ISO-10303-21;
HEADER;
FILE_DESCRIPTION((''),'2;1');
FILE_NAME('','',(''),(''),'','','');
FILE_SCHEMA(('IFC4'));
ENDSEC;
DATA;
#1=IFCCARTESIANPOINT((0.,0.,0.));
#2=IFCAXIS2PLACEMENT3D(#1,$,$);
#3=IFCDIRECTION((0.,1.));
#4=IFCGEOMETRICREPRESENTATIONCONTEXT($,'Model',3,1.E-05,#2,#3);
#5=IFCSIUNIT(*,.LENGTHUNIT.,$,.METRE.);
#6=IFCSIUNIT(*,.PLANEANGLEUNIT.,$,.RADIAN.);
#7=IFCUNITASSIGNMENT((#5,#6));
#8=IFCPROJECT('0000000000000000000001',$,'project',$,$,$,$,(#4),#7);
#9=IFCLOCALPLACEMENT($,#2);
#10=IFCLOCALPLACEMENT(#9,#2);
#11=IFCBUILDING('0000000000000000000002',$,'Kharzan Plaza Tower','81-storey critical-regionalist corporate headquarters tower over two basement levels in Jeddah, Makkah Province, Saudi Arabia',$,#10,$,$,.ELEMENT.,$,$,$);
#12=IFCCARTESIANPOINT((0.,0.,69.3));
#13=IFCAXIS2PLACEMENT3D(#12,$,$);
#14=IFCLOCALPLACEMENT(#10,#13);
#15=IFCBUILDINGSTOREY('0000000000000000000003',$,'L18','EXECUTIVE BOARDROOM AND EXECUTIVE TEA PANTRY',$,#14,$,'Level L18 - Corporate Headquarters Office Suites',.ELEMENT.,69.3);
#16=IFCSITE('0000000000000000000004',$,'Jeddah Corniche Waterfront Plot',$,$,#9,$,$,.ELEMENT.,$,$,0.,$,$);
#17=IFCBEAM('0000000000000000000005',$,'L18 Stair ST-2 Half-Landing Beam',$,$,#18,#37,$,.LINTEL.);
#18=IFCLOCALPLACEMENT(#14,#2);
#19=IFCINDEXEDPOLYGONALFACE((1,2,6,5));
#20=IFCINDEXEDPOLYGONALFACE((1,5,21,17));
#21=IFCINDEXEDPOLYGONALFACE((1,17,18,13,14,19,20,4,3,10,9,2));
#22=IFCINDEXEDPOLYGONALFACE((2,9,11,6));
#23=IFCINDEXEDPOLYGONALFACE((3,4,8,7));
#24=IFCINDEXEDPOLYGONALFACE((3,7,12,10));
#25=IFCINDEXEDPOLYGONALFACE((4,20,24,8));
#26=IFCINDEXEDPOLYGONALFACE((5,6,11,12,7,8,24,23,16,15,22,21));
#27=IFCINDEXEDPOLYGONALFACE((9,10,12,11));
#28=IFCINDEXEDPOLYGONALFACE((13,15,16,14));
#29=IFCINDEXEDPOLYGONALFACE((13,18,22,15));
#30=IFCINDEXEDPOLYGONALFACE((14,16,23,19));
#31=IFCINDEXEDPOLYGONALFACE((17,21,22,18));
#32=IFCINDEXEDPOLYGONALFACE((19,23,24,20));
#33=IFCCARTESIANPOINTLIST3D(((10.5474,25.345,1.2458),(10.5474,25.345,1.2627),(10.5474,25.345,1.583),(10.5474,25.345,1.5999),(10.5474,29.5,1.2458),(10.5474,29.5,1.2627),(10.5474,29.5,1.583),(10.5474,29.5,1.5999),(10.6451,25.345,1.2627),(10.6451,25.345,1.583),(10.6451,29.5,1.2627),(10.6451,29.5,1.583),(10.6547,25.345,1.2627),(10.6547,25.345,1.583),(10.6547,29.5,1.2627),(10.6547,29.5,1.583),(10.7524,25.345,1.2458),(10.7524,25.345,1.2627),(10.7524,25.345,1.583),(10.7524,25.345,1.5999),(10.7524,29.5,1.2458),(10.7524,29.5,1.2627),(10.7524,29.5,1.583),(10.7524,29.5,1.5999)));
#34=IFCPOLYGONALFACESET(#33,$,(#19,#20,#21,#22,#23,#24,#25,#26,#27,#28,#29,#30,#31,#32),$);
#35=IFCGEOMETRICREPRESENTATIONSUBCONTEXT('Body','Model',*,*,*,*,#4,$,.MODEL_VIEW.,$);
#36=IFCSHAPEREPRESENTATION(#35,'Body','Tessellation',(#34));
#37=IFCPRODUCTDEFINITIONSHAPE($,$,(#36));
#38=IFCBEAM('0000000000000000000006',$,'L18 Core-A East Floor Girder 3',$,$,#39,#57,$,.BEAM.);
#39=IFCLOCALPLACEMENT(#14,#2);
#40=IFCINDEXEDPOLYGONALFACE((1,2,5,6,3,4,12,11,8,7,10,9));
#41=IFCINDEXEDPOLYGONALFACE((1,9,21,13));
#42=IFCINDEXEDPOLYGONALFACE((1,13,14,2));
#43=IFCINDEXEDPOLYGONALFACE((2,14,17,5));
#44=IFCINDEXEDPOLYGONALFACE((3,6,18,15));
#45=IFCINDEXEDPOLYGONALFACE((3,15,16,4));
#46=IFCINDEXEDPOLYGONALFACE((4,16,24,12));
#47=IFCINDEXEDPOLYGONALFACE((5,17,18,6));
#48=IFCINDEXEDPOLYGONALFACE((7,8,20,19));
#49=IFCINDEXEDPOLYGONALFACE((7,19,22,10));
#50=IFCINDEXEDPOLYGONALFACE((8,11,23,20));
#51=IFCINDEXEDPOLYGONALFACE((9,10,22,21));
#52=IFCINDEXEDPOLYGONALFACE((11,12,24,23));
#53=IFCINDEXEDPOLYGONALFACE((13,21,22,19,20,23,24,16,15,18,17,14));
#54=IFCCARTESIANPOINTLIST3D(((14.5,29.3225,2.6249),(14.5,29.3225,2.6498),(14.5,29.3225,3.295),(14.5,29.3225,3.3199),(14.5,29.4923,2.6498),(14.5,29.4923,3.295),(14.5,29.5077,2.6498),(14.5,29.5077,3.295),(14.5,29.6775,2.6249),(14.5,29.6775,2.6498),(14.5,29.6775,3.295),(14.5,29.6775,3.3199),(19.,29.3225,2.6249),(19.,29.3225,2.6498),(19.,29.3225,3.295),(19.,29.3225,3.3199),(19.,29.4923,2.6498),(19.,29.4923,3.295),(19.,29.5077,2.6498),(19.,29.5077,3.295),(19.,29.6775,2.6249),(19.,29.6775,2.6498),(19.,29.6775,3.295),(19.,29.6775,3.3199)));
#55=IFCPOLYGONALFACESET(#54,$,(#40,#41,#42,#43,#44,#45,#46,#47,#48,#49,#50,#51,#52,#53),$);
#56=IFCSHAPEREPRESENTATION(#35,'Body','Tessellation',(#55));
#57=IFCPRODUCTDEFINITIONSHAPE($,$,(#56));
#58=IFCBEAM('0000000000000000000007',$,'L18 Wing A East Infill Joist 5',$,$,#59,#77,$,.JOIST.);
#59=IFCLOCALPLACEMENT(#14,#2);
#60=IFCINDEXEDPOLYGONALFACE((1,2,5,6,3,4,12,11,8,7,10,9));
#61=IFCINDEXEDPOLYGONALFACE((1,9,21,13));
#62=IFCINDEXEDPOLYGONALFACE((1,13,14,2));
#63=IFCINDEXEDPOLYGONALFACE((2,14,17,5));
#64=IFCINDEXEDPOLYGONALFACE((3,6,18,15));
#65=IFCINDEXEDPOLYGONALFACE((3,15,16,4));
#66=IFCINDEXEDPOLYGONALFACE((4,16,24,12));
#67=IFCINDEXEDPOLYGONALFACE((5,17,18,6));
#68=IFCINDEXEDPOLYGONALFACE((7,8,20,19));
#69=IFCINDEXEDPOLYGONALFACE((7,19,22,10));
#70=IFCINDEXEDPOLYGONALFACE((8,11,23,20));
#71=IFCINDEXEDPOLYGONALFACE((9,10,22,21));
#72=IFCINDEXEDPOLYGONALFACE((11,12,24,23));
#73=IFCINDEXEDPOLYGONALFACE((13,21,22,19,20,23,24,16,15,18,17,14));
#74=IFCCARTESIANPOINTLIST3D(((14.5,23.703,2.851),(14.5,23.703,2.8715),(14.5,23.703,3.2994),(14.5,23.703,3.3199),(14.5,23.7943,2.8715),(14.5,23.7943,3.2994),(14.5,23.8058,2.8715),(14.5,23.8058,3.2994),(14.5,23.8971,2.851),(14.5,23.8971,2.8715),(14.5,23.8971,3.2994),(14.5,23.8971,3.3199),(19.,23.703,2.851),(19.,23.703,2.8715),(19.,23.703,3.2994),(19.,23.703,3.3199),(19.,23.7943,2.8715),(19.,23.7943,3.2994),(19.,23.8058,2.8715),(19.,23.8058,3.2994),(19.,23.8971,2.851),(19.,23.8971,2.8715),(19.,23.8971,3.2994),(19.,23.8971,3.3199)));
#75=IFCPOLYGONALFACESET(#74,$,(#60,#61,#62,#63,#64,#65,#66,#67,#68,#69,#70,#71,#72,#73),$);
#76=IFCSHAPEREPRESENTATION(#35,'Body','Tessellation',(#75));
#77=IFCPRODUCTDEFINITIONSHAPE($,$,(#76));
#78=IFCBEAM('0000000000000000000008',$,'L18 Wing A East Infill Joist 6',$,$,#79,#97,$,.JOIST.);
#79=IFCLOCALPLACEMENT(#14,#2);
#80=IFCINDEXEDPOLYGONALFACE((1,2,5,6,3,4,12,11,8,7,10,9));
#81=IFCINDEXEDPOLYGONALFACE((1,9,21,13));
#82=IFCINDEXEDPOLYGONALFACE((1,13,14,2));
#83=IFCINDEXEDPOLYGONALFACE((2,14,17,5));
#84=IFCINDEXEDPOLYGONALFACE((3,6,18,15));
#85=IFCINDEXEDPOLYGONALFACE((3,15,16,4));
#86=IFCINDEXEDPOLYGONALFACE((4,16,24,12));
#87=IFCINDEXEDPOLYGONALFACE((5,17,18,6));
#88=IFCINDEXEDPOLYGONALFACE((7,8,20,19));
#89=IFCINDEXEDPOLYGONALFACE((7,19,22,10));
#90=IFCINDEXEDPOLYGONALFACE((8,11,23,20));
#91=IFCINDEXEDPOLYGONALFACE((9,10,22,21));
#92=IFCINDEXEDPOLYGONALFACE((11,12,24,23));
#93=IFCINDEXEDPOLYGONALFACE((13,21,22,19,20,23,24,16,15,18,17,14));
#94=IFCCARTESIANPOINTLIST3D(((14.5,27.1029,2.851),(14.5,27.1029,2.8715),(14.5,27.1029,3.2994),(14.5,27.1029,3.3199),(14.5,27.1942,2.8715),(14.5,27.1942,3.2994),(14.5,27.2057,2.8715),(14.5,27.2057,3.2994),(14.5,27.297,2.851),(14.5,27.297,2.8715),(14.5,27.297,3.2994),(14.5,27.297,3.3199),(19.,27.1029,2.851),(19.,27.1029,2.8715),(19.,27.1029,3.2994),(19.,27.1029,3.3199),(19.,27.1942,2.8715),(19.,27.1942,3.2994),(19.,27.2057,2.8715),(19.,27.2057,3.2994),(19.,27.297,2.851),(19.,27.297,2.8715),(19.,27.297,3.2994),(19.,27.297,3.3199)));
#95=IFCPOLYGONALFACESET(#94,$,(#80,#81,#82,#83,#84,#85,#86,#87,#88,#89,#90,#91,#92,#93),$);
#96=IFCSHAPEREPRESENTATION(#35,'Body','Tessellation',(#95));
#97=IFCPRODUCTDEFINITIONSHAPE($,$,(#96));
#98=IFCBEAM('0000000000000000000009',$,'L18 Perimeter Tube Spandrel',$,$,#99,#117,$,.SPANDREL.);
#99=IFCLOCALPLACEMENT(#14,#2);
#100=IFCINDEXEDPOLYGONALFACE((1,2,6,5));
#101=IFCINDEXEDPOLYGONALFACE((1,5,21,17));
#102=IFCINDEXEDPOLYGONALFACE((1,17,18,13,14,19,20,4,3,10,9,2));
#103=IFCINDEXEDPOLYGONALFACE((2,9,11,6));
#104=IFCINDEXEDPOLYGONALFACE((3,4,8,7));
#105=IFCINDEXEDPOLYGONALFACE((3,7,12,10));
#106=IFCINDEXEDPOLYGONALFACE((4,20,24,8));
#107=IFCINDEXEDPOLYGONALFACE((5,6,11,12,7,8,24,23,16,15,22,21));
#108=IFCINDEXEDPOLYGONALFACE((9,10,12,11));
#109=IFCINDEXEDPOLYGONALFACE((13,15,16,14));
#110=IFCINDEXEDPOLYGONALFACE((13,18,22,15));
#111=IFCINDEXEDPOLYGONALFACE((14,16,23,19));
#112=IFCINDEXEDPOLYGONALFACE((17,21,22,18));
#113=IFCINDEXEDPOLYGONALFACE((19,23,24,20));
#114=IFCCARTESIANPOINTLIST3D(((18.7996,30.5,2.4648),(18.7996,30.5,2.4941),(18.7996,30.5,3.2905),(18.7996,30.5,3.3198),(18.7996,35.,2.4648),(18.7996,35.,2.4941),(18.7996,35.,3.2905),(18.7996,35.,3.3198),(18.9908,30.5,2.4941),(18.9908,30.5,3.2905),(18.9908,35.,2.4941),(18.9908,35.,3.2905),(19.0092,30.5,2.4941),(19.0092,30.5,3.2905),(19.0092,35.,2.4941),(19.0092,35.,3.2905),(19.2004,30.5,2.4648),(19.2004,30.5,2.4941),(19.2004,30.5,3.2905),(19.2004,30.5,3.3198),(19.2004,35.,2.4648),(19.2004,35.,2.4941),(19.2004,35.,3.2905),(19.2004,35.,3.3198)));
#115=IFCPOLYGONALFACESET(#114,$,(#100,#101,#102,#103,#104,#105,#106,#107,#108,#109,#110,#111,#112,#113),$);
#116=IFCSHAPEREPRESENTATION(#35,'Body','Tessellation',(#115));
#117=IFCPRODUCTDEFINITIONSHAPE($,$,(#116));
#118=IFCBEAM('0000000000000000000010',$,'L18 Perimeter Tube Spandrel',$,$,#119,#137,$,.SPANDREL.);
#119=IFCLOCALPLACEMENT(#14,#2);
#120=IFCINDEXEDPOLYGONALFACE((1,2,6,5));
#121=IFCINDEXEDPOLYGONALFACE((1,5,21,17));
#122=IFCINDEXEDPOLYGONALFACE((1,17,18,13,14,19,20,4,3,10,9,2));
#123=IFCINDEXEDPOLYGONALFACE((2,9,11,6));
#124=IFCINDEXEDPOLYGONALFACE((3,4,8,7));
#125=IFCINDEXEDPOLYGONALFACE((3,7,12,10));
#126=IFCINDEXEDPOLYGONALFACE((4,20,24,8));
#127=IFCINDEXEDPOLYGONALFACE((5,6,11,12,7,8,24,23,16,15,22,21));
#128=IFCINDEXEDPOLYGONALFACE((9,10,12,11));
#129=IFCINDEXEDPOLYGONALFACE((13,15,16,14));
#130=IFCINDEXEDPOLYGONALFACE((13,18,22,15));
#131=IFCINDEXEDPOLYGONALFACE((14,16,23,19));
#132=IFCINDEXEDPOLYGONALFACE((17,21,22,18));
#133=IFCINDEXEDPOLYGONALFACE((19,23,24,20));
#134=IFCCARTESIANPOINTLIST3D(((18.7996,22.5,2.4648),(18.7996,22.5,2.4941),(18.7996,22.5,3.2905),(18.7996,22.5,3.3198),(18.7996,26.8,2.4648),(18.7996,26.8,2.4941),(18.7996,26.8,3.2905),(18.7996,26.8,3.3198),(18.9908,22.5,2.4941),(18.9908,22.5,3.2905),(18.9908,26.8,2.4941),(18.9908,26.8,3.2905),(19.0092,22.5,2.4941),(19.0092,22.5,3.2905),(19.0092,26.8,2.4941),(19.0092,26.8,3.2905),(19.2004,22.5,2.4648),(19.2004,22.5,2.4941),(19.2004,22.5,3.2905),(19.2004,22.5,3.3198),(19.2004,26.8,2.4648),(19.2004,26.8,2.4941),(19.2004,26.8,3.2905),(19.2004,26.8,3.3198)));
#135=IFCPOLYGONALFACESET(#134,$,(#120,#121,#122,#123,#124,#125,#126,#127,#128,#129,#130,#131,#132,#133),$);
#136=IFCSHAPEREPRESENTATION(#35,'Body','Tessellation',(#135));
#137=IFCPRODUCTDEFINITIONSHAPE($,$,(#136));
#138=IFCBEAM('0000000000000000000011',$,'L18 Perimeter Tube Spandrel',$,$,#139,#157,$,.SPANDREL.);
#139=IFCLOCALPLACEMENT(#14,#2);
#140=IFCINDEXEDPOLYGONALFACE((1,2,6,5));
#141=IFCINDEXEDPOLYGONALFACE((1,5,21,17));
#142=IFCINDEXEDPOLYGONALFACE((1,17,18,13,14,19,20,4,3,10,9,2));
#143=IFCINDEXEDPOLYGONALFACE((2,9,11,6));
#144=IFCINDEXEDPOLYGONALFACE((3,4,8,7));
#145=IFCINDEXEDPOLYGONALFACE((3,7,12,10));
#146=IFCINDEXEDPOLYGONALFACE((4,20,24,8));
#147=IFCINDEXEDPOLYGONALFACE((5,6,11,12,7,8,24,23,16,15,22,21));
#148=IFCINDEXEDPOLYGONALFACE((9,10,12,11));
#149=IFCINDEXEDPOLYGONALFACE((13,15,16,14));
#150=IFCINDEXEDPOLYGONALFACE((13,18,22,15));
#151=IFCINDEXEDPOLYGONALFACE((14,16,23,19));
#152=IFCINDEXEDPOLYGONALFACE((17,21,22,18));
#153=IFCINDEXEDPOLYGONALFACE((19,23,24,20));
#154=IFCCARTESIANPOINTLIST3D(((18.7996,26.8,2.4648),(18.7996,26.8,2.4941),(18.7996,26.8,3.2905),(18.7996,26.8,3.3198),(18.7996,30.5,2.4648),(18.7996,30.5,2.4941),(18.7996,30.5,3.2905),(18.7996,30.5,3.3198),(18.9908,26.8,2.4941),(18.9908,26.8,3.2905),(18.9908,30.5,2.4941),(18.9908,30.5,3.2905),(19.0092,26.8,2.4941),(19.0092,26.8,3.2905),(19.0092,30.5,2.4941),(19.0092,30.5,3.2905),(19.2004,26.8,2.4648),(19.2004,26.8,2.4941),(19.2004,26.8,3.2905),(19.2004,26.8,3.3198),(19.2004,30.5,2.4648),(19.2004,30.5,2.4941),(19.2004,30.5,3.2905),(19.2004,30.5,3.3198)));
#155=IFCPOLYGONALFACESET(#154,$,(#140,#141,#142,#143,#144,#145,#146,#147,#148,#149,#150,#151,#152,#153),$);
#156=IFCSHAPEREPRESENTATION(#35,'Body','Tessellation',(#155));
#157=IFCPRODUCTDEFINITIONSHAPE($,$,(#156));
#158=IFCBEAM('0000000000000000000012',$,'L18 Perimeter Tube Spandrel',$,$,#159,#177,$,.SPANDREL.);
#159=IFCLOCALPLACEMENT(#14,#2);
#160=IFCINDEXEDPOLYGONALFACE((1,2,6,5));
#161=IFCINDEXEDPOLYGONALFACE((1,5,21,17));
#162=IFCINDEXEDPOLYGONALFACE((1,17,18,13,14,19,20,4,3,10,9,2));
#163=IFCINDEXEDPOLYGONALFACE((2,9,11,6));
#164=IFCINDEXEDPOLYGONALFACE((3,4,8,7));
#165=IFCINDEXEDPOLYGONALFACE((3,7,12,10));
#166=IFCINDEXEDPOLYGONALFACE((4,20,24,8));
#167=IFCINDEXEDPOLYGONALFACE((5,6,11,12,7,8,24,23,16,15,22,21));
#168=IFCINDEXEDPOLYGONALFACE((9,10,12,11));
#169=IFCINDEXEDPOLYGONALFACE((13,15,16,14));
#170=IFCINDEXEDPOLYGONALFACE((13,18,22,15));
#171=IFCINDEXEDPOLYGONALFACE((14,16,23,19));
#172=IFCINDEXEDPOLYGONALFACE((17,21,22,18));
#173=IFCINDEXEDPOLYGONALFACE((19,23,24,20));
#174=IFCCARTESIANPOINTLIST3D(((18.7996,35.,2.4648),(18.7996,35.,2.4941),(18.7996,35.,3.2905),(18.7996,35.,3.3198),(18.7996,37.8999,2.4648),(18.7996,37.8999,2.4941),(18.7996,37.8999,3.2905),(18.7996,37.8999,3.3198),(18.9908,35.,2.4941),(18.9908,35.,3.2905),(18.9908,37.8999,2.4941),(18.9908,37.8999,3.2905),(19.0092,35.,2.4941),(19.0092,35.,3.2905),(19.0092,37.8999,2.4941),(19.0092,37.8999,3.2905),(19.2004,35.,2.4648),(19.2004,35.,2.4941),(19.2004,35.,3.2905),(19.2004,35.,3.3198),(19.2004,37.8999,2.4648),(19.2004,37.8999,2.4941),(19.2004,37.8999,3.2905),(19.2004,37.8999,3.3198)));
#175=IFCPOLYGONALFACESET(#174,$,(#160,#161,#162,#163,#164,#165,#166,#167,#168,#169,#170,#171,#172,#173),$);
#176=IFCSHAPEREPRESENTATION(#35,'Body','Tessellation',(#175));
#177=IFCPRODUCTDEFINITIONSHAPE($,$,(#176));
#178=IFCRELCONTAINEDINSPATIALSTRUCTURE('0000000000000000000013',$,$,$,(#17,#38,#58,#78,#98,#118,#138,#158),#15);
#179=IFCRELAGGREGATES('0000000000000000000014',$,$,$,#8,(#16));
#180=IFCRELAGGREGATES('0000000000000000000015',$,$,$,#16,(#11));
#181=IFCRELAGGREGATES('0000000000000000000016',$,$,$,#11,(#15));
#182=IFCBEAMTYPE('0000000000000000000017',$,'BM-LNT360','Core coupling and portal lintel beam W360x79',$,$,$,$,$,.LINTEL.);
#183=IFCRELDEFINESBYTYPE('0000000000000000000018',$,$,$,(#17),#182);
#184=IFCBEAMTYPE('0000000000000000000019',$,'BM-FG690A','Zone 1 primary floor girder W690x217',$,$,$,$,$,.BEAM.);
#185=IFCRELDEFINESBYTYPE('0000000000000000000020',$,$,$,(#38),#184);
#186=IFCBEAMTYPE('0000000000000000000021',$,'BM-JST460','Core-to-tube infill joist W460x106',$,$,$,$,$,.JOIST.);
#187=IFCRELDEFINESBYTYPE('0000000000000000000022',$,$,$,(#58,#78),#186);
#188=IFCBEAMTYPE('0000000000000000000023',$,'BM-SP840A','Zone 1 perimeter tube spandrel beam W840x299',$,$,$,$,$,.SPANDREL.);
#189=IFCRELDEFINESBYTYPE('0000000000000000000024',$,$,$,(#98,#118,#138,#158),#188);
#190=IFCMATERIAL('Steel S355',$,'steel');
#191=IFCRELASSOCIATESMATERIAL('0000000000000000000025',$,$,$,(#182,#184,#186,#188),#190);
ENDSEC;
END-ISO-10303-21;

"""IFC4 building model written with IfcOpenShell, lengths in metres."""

from ifc_helpers import new_model, si_unit, direction, frame, origin, origin_2d, place, context, subcontext, project, spatial, i_section, extrude, source, transform, mapped, material, material_profile, profile_set, type_object, element, save


model = new_model("IFC4")

# Units and contexts
model_context = context("Model", 3, precision=1e-05, world=origin(), true_north=direction((0.0, 1.0)))
body_context = subcontext(model_context, "Body", "Model", "MODEL_VIEW")
ifc_project = project(units=[si_unit("LENGTHUNIT", "METRE"), si_unit("PLANEANGLEUNIT", "RADIAN")], contexts=[model_context])

# Site, building, storey
site_placement = place(None, origin())
site = spatial("IfcSite", under=ifc_project, at=site_placement, Name="Jeddah Corniche Waterfront Plot", CompositionType="ELEMENT", RefElevation=0.0)
building_placement = place(site_placement, origin())
building = spatial("IfcBuilding", under=site, at=building_placement, Name="Kharzan Plaza Tower", Description="81-storey critical-regionalist corporate headquarters tower over two basement levels in Jeddah, Makkah Province, Saudi Arabia", CompositionType="ELEMENT")
storey_placement = place(building_placement, frame((0.0, 0.0, 69.3)))
storey = spatial("IfcBuildingStorey", under=building, at=storey_placement, Name="L18", Description="EXECUTIVE BOARDROOM AND EXECUTIVE TEA PANTRY", LongName="Level L18 - Corporate Headquarters Office Suites", CompositionType="ELEMENT", Elevation=69.3)

# Beams
ifc_material_1 = material(Name="Steel S355", Category="steel")
ifc_material_profile_1 = material_profile(ifc_material_1, i_section(OverallWidth=0.2051, OverallDepth=0.354, WebThickness=0.0095, FlangeThickness=0.0168, at=origin_2d()), Name="W360x79")
ifc_profile_set_1 = profile_set([ifc_material_profile_1], Name="Steel S355")
beam_type_1 = type_object("IfcBeamType", Name="BM-LNT360", Description="Core coupling and portal lintel beam W360x79", PredefinedType="LINTEL", material=ifc_profile_set_1)
shared_shape_1 = source(origin(), body_context, "Body", "SweptSolid", [
    extrude(i_section(OverallWidth=0.2051, OverallDepth=0.354, WebThickness=0.0095, FlangeThickness=0.0168, at=origin_2d()), origin(), (0.0, 0.0, 1.0), 4.155),
])
beam_1_placement = place(storey_placement, frame((10.6499, 25.345, 1.4229), z_axis=(0.0, 1.0, 0.0), x_axis=(-1.0, 0.0, 0.0)))
element("IfcBeam", 1, at=beam_1_placement, inside=storey, type_object=beam_type_1, Name="L18 Stair ST-2 Half-Landing Beam", PredefinedType="LINTEL", context=body_context, shape_type="MappedRepresentation", body=[
    mapped(shared_shape_1, transform((0.0, 0.0, 0.0), x_axis=(1.0, 0.0, 0.0), y_axis=(0.0, 1.0, 0.0), z_axis=(0.0, 0.0, 1.0))),
])
ifc_material_profile_2 = material_profile(ifc_material_1, i_section(OverallWidth=0.355, OverallDepth=0.6951, WebThickness=0.0154, FlangeThickness=0.0249, at=origin_2d()), Name="W690x217")
ifc_profile_set_2 = profile_set([ifc_material_profile_2], Name="Steel S355")
beam_type_2 = type_object("IfcBeamType", Name="BM-FG690A", Description="Zone 1 primary floor girder W690x217", PredefinedType="BEAM", material=ifc_profile_set_2)
shared_shape_2 = source(origin(), body_context, "Body", "SweptSolid", [
    extrude(i_section(OverallWidth=0.355, OverallDepth=0.6951, WebThickness=0.0154, FlangeThickness=0.0249, at=origin_2d()), origin(), (0.0, 0.0, 1.0), 4.5),
])
beam_2_placement = place(storey_placement, frame((14.5, 29.5, 2.9724), z_axis=(1.0, 0.0, 0.0), x_axis=(0.0, 1.0, 0.0)))
element("IfcBeam", 2, at=beam_2_placement, inside=storey, type_object=beam_type_2, Name="L18 Core-A East Floor Girder 3", PredefinedType="BEAM", context=body_context, shape_type="MappedRepresentation", body=[
    mapped(shared_shape_2, transform((0.0, 0.0, 0.0), x_axis=(1.0, 0.0, 0.0), y_axis=(0.0, 1.0, 0.0), z_axis=(0.0, 0.0, 1.0))),
])
ifc_material_profile_3 = material_profile(ifc_material_1, i_section(OverallWidth=0.1941, OverallDepth=0.469, WebThickness=0.0115, FlangeThickness=0.0205, at=origin_2d()), Name="W460x106")
ifc_profile_set_3 = profile_set([ifc_material_profile_3], Name="Steel S355")
beam_type_3 = type_object("IfcBeamType", Name="BM-JST460", Description="Core-to-tube infill joist W460x106", PredefinedType="JOIST", material=ifc_profile_set_3)
shared_shape_3 = source(origin(), body_context, "Body", "SweptSolid", [
    extrude(i_section(OverallWidth=0.1941, OverallDepth=0.469, WebThickness=0.0115, FlangeThickness=0.0205, at=origin_2d()), origin(), (0.0, 0.0, 1.0), 4.5),
])
for number, where, z_axis, x_axis, name in (
    (3, (14.5, 23.8, 3.0854), (1.0, 0.0, 0.0), (0.0, 1.0, 0.0), "L18 Wing A East Infill Joist 5"),
    (4, (14.5, 27.2, 3.0854), (1.0, 0.0, 0.0), (0.0, 1.0, 0.0), "L18 Wing A East Infill Joist 6"),
):
    element("IfcBeam", number, at=place(storey_placement, frame(where, z_axis=z_axis, x_axis=x_axis)), inside=storey, type_object=beam_type_3, Name=name, PredefinedType="JOIST", context=body_context, shape_type="MappedRepresentation", body=[
        mapped(shared_shape_3, transform((0.0, 0.0, 0.0), x_axis=(1.0, 0.0, 0.0), y_axis=(0.0, 1.0, 0.0), z_axis=(0.0, 0.0, 1.0))),
    ])
ifc_material_profile_4 = material_profile(ifc_material_1, i_section(OverallWidth=0.4009, OverallDepth=0.855, WebThickness=0.0183, FlangeThickness=0.0293, at=origin_2d()), Name="W840x299")
ifc_profile_set_4 = profile_set([ifc_material_profile_4], Name="Steel S355")
beam_type_4 = type_object("IfcBeamType", Name="BM-SP840A", Description="Zone 1 perimeter tube spandrel beam W840x299", PredefinedType="SPANDREL", material=ifc_profile_set_4)
shared_shape_4 = source(origin(), body_context, "Body", "SweptSolid", [
    extrude(i_section(OverallWidth=0.4009, OverallDepth=0.855, WebThickness=0.0183, FlangeThickness=0.0293, at=origin_2d()), origin(), (0.0, 0.0, 1.0), 4.5),
])
beam_3_placement = place(storey_placement, frame((19.0, 30.5, 2.8923), z_axis=(0.0, 1.0, 0.0), x_axis=(-1.0, 0.0, 0.0)))
element("IfcBeam", 5, at=beam_3_placement, inside=storey, type_object=beam_type_4, Name="L18 Perimeter Tube Spandrel", PredefinedType="SPANDREL", context=body_context, shape_type="MappedRepresentation", body=[
    mapped(shared_shape_4, transform((0.0, 0.0, 0.0), x_axis=(1.0, 0.0, 0.0), y_axis=(0.0, 1.0, 0.0), z_axis=(0.0, 0.0, 1.0))),
])
shared_shape_5 = source(origin(), body_context, "Body", "SweptSolid", [
    extrude(i_section(OverallWidth=0.4009, OverallDepth=0.855, WebThickness=0.0183, FlangeThickness=0.0293, at=origin_2d()), origin(), (0.0, 0.0, 1.0), 4.3),
])
beam_4_placement = place(storey_placement, frame((19.0, 22.5, 2.8923), z_axis=(0.0, 1.0, 0.0), x_axis=(-1.0, 0.0, 0.0)))
element("IfcBeam", 6, at=beam_4_placement, inside=storey, type_object=beam_type_4, Name="L18 Perimeter Tube Spandrel", PredefinedType="SPANDREL", context=body_context, shape_type="MappedRepresentation", body=[
    mapped(shared_shape_5, transform((0.0, 0.0, 0.0), x_axis=(1.0, 0.0, 0.0), y_axis=(0.0, 1.0, 0.0), z_axis=(0.0, 0.0, 1.0))),
])
shared_shape_6 = source(origin(), body_context, "Body", "SweptSolid", [
    extrude(i_section(OverallWidth=0.4009, OverallDepth=0.855, WebThickness=0.0183, FlangeThickness=0.0293, at=origin_2d()), origin(), (0.0, 0.0, 1.0), 3.7),
])
beam_5_placement = place(storey_placement, frame((19.0, 26.8, 2.8923), z_axis=(0.0, 1.0, 0.0), x_axis=(-1.0, 0.0, 0.0)))
element("IfcBeam", 7, at=beam_5_placement, inside=storey, type_object=beam_type_4, Name="L18 Perimeter Tube Spandrel", PredefinedType="SPANDREL", context=body_context, shape_type="MappedRepresentation", body=[
    mapped(shared_shape_6, transform((0.0, 0.0, 0.0), x_axis=(1.0, 0.0, 0.0), y_axis=(0.0, 1.0, 0.0), z_axis=(0.0, 0.0, 1.0))),
])
shared_shape_7 = source(origin(), body_context, "Body", "SweptSolid", [
    extrude(i_section(OverallWidth=0.4009, OverallDepth=0.855, WebThickness=0.0183, FlangeThickness=0.0293, at=origin_2d()), origin(), (0.0, 0.0, 1.0), 2.8999),
])
beam_6_placement = place(storey_placement, frame((19.0, 35.0, 2.8923), z_axis=(0.0, 1.0, 0.0), x_axis=(-1.0, 0.0, 0.0)))
element("IfcBeam", 8, at=beam_6_placement, inside=storey, type_object=beam_type_4, Name="L18 Perimeter Tube Spandrel", PredefinedType="SPANDREL", context=body_context, shape_type="MappedRepresentation", body=[
    mapped(shared_shape_7, transform((0.0, 0.0, 0.0), x_axis=(1.0, 0.0, 0.0), y_axis=(0.0, 1.0, 0.0), z_axis=(0.0, 0.0, 1.0))),
])

save(model, "model.ifc")
